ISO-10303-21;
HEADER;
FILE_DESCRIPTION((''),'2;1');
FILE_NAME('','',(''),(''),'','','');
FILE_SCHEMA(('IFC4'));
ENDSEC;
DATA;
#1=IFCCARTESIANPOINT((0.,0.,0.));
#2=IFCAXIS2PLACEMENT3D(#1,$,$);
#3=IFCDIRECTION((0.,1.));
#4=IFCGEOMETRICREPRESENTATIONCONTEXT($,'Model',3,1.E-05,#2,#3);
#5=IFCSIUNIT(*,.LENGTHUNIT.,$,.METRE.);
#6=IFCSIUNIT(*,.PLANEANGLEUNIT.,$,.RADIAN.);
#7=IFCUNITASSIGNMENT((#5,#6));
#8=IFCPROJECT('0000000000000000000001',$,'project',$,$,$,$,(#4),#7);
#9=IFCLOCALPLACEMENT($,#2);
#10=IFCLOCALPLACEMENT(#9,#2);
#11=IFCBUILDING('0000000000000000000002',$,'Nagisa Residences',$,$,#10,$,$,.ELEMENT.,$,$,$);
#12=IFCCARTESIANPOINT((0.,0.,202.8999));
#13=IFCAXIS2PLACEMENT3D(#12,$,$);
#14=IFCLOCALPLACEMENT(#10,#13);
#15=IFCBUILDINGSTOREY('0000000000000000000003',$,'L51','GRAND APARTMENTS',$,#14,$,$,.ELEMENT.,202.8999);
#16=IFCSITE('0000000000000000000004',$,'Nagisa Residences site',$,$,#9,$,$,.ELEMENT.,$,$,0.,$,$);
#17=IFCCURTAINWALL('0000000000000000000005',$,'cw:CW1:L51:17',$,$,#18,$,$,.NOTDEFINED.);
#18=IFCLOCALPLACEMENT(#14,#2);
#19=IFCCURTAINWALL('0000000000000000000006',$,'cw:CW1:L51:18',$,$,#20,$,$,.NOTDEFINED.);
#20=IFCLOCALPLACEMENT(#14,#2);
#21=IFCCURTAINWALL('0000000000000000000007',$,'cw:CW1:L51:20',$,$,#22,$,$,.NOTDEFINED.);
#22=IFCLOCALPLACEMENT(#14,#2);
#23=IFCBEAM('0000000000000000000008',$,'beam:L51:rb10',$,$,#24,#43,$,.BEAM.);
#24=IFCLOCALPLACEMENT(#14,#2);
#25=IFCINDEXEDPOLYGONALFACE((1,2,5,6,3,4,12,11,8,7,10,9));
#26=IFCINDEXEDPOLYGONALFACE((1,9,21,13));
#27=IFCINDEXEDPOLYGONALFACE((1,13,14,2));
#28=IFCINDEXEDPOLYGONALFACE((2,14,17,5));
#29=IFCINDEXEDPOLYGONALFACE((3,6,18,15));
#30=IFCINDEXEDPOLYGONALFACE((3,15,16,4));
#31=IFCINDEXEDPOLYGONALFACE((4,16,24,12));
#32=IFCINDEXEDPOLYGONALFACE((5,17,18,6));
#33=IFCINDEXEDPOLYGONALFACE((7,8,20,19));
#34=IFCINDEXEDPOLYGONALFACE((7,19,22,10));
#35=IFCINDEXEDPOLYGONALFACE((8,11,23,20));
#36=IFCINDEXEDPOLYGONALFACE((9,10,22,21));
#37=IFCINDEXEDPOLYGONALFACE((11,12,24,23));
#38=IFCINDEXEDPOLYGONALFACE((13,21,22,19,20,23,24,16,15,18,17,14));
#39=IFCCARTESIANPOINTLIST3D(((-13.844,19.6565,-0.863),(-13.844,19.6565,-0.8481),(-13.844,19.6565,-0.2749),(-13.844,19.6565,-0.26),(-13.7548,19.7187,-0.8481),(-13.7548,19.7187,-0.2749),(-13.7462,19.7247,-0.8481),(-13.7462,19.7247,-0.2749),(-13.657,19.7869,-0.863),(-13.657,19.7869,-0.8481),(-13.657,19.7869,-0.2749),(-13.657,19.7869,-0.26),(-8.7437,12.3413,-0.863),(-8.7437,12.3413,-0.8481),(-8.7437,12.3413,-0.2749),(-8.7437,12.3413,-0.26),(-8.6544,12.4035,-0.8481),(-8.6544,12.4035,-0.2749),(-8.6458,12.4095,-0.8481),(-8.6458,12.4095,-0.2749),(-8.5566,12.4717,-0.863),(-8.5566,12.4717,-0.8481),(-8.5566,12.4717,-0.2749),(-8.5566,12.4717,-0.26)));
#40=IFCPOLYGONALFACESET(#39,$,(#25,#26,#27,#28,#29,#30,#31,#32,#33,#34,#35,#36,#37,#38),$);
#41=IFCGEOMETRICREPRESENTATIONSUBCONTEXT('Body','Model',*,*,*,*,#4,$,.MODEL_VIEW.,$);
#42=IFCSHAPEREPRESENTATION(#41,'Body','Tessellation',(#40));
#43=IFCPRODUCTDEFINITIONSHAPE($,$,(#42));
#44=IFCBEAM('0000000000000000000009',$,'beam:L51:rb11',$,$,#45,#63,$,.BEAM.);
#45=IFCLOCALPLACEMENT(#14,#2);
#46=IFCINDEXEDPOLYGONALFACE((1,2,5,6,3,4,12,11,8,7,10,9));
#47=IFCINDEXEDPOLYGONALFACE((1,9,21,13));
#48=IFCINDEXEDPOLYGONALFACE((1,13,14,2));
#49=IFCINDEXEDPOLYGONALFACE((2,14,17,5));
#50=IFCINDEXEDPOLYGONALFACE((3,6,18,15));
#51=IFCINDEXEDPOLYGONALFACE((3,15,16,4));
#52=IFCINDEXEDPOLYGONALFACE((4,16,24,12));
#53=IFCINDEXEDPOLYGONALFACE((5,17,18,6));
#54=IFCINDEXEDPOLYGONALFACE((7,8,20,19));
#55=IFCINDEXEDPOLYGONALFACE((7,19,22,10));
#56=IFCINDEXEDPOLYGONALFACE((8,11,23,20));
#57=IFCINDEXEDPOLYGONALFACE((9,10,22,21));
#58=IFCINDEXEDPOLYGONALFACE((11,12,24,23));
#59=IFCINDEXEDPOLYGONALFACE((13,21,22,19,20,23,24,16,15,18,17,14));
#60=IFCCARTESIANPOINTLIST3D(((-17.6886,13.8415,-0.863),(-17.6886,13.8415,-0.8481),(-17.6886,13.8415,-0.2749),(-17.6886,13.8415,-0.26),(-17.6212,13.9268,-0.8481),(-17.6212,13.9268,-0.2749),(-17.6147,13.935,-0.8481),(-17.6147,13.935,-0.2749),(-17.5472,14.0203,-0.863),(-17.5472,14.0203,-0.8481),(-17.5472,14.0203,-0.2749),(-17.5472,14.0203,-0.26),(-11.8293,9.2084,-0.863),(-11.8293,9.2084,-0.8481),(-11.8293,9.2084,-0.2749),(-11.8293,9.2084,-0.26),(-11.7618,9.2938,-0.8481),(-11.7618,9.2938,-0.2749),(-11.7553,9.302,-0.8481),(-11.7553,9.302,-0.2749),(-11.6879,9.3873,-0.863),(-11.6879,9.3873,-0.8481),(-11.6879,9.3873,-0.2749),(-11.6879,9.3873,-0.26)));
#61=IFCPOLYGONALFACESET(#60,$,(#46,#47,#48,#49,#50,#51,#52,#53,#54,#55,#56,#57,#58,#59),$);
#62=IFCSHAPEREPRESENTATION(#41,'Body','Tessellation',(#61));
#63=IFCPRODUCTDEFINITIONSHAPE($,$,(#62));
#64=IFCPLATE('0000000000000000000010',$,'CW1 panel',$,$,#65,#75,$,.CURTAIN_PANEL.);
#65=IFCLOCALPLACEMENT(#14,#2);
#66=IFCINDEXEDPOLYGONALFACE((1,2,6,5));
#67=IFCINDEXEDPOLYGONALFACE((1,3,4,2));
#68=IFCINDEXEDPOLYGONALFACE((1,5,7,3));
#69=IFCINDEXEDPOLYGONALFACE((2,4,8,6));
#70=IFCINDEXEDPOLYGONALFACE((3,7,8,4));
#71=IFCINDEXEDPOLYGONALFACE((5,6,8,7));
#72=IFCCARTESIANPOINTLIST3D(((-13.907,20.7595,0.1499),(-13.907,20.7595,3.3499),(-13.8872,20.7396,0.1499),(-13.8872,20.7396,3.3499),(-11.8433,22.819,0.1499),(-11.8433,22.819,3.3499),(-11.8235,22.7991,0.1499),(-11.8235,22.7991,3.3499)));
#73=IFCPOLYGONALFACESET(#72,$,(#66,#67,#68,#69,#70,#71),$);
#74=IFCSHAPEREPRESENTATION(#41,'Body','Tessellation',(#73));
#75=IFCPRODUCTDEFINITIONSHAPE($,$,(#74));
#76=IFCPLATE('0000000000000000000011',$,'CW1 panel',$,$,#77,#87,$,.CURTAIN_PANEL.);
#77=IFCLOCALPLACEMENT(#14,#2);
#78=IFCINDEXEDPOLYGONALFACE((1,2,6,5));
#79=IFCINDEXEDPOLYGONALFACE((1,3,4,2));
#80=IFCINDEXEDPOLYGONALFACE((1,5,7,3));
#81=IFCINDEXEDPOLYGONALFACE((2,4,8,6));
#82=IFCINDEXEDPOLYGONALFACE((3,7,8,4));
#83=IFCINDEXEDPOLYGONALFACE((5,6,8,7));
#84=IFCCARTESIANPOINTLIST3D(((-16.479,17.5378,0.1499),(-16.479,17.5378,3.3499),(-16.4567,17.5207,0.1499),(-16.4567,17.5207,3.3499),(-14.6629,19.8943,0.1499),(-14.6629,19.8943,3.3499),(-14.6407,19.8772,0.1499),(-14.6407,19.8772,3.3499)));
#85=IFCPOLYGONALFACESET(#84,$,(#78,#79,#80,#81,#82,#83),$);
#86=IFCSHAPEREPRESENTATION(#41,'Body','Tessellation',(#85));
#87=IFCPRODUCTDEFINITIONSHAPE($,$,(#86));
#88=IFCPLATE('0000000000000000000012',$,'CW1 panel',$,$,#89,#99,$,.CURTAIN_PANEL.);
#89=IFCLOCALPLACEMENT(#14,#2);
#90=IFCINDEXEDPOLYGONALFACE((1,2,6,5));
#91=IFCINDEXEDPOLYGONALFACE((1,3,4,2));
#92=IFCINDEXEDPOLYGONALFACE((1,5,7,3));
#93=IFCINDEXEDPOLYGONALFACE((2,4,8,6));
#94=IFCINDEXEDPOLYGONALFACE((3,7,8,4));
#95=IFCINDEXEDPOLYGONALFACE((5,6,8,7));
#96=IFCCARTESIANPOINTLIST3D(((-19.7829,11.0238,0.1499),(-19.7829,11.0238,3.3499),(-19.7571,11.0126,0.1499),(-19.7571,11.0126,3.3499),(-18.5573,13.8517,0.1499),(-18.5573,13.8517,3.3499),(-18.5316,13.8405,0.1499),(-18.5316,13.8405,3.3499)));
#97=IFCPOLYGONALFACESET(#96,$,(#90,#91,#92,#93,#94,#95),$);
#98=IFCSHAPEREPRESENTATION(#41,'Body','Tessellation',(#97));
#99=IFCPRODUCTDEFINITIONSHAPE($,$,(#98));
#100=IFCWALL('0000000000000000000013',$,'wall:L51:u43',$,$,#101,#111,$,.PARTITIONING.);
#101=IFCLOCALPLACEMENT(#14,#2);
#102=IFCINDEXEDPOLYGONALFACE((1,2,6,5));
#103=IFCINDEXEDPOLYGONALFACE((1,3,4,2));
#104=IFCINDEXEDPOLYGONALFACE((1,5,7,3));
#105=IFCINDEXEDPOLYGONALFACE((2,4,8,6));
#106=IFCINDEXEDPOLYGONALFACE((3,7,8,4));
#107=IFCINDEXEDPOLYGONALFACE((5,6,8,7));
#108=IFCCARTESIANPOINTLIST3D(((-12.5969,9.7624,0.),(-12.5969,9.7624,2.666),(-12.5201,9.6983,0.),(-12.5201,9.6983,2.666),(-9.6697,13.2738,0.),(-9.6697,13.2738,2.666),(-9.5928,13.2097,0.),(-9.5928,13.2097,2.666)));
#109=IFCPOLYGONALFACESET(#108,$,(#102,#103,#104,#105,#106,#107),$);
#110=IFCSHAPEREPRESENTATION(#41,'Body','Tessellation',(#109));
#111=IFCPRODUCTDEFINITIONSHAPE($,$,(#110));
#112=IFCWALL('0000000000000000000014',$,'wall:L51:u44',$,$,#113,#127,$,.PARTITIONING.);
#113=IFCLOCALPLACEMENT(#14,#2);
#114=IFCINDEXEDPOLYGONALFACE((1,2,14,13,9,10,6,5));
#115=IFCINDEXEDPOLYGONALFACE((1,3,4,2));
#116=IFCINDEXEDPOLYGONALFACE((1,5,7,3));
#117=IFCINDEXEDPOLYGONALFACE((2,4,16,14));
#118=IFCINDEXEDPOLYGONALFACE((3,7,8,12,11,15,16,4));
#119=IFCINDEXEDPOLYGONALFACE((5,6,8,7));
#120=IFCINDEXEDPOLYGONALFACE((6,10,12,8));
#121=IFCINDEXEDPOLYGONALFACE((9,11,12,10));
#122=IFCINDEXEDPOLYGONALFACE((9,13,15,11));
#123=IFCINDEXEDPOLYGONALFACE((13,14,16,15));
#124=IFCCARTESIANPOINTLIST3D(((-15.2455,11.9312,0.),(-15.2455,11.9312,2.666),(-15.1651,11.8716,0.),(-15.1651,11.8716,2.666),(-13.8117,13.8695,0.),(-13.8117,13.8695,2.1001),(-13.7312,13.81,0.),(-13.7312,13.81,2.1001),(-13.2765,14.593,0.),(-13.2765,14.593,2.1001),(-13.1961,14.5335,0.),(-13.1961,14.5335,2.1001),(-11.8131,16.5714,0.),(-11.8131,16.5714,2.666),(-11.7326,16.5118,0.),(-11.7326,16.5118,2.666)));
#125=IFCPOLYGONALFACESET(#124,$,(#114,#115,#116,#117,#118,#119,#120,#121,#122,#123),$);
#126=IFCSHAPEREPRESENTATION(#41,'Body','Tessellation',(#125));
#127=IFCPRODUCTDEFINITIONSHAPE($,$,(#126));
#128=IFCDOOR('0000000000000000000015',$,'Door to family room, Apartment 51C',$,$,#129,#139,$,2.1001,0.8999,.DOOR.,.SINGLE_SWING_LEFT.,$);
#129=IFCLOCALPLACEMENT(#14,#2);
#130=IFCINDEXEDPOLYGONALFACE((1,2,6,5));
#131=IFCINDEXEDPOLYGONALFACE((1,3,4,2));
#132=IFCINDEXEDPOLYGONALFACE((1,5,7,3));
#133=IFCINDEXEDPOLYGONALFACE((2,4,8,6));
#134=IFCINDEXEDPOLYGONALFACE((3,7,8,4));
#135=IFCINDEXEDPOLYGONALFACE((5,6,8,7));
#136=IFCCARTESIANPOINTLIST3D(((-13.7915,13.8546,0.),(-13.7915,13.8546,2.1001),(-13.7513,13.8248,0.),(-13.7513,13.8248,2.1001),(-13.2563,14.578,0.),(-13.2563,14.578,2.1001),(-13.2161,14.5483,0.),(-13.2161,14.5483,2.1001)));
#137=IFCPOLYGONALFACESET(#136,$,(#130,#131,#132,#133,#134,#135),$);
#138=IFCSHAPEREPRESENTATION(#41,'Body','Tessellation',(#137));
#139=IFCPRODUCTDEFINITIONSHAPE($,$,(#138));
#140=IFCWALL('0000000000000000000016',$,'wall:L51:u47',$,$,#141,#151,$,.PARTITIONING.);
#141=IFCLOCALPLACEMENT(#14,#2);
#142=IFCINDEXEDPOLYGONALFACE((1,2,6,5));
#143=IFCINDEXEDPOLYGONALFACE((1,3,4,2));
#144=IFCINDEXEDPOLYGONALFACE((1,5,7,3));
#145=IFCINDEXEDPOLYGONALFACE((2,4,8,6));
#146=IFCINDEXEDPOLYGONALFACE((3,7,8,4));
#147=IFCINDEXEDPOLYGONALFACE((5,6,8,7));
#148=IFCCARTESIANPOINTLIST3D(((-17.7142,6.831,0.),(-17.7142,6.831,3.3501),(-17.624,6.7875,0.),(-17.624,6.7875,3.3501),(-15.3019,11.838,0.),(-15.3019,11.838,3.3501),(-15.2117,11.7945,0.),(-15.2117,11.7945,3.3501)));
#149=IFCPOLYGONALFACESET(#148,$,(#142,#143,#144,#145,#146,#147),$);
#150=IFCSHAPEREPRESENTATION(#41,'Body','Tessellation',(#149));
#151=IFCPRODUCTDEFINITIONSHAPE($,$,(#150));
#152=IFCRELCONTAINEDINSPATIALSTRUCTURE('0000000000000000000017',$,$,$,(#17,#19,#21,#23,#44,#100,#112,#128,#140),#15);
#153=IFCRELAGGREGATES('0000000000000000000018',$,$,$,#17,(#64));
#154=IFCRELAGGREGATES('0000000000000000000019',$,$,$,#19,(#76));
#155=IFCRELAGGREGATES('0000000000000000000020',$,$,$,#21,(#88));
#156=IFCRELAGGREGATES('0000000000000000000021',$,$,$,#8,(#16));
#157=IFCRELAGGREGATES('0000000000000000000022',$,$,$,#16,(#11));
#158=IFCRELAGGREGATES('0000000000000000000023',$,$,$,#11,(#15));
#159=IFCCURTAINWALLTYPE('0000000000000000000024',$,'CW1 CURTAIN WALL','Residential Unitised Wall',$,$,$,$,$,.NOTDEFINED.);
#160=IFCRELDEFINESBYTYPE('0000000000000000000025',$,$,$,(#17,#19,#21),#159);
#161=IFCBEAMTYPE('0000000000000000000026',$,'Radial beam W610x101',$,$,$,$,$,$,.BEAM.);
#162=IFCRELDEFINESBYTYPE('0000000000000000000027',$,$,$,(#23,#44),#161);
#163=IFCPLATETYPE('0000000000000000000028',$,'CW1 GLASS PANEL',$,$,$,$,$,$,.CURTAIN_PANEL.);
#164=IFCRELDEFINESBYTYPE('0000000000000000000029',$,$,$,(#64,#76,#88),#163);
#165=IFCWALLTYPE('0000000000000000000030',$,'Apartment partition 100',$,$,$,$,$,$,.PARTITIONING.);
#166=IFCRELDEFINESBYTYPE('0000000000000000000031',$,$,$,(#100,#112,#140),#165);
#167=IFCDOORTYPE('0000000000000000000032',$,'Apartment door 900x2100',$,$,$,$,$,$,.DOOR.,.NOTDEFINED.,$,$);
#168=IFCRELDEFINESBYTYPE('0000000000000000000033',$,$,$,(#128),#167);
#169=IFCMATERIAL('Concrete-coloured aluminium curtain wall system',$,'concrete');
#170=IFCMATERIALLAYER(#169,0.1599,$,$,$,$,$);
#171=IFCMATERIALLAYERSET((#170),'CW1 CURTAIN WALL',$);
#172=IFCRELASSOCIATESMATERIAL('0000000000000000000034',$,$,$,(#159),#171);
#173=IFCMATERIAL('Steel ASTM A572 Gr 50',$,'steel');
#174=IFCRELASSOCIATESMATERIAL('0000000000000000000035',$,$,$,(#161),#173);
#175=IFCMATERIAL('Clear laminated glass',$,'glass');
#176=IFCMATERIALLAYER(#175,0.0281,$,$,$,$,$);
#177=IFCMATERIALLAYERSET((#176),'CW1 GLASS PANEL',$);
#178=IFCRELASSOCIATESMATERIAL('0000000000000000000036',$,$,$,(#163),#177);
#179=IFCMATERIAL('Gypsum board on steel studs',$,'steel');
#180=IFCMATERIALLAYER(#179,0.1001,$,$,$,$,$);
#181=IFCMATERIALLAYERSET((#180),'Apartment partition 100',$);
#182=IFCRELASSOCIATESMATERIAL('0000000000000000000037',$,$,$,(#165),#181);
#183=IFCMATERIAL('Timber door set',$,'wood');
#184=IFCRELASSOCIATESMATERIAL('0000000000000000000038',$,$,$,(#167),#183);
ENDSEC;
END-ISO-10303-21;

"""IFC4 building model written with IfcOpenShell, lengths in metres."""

from ifc_helpers import new_model, si_unit, direction, frame, frame_2d, origin, origin_2d, place, context, subcontext, project, spatial, rectangle, i_section, extrude, material, layer, layer_set, material_profile, profile_set, type_object, element, fill, aggregate, save


model = new_model("IFC4")

# Units and contexts
model_context = context("Model", 3, precision=1e-05, world=origin(), true_north=direction((0.0, 1.0)))
body_context = subcontext(model_context, "Body", "Model", "MODEL_VIEW")
ifc_project = project(units=[si_unit("LENGTHUNIT", "METRE"), si_unit("PLANEANGLEUNIT", "RADIAN")], contexts=[model_context])

# Site, building, storey
site_placement = place(None, origin())
site = spatial("IfcSite", under=ifc_project, at=site_placement, Name="Nagisa Residences site", CompositionType="ELEMENT", RefElevation=0.0)
building_placement = place(site_placement, origin())
building = spatial("IfcBuilding", under=site, at=building_placement, Name="Nagisa Residences", CompositionType="ELEMENT")
storey_placement = place(building_placement, frame((0.0, 0.0, 202.8999)))
storey = spatial("IfcBuildingStorey", under=building, at=storey_placement, Name="L51", Description="GRAND APARTMENTS", CompositionType="ELEMENT", Elevation=202.8999)

# Curtain walls
ifc_material_1 = material(Name="Concrete-coloured aluminium curtain wall system", Category="concrete")
ifc_layer_1 = layer(ifc_material_1, 0.1599)
ifc_layer_set_1 = layer_set([ifc_layer_1], Name="CW1 CURTAIN WALL")
curtain_wall_type = type_object("IfcCurtainWallType", Name="CW1 CURTAIN WALL", Description="Residential Unitised Wall", PredefinedType="NOTDEFINED", material=ifc_layer_set_1)
curtain_wall_1_placement = place(storey_placement, origin())
curtain_wall_1 = element("IfcCurtainWall", 1, at=curtain_wall_1_placement, inside=storey, type_object=curtain_wall_type, Name="cw:CW1:L51:17", PredefinedType="NOTDEFINED")
curtain_wall_2_placement = place(storey_placement, origin())
curtain_wall_2 = element("IfcCurtainWall", 2, at=curtain_wall_2_placement, inside=storey, type_object=curtain_wall_type, Name="cw:CW1:L51:18", PredefinedType="NOTDEFINED")
curtain_wall_3_placement = place(storey_placement, origin())
curtain_wall_3 = element("IfcCurtainWall", 3, at=curtain_wall_3_placement, inside=storey, type_object=curtain_wall_type, Name="cw:CW1:L51:20", PredefinedType="NOTDEFINED")

# Beams
ifc_material_2 = material(Name="Steel ASTM A572 Gr 50", Category="steel")
ifc_material_profile_1 = material_profile(ifc_material_2, i_section(OverallWidth=0.228, OverallDepth=0.603, WebThickness=0.0105, FlangeThickness=0.0149, at=origin_2d()), Name="W610x101")
ifc_profile_set_1 = profile_set([ifc_material_profile_1], Name="Steel ASTM A572 Gr 50")
beam_type_1 = type_object("IfcBeamType", Name="Radial beam W610x101", PredefinedType="BEAM", material=ifc_profile_set_1)
beam_1_placement = place(storey_placement, frame((-13.7505, 19.7217, -0.5615), z_axis=(0.571934, -0.820299, 0.0), x_axis=(0.820299, 0.571934, 0.0)))
element("IfcBeam", 4, at=beam_1_placement, inside=storey, type_object=beam_type_1, Name="beam:L51:rb10", PredefinedType="BEAM", context=body_context, shape_type="SweptSolid", body=[
    extrude(i_section(OverallWidth=0.228, OverallDepth=0.603, WebThickness=0.0105, FlangeThickness=0.0149, at=origin_2d()), origin(), (0.0, 0.0, 1.0), 8.9177),
])
beam_2_placement = place(storey_placement, frame((-17.6179, 13.9309, -0.5615), z_axis=(0.784412, -0.620241, 0.0), x_axis=(0.620241, 0.784412, 0.0)))
element("IfcBeam", 5, at=beam_2_placement, inside=storey, type_object=beam_type_1, Name="beam:L51:rb11", PredefinedType="BEAM", context=body_context, shape_type="SweptSolid", body=[
    extrude(i_section(OverallWidth=0.228, OverallDepth=0.603, WebThickness=0.0105, FlangeThickness=0.0149, at=origin_2d()), origin(), (0.0, 0.0, 1.0), 7.4697),
])

# Plates
ifc_material_3 = material(Name="Clear laminated glass", Category="glass")
ifc_layer_2 = layer(ifc_material_3, 0.0281)
ifc_layer_set_2 = layer_set([ifc_layer_2], Name="CW1 GLASS PANEL")
plate_type = type_object("IfcPlateType", Name="CW1 GLASS PANEL", PredefinedType="CURTAIN_PANEL", material=ifc_layer_set_2)
plate_1_placement = place(storey_placement, frame((-12.8652, 21.7793, 0.1499), z_axis=(0.0, 0.0, 1.0), x_axis=(-0.707836, -0.706377, 0.0)))
plate_1 = element("IfcPlate", 6, at=plate_1_placement, type_object=plate_type, Name="CW1 panel", PredefinedType="CURTAIN_PANEL", context=body_context, shape_type="SweptSolid", body=[
    extrude(rectangle(XDim=2.9155, YDim=0.0281, at=origin_2d()), origin(), (0.0, 0.0, 1.0), 3.2),
])
aggregate(curtain_wall_1, [plate_1])
plate_2_placement = place(storey_placement, frame((-15.5598, 18.7075, 0.1499), z_axis=(0.0, 0.0, 1.0), x_axis=(-0.61043, -0.79207, 0.0)))
plate_2 = element("IfcPlate", 7, at=plate_2_placement, type_object=plate_type, Name="CW1 panel", PredefinedType="CURTAIN_PANEL", context=body_context, shape_type="SweptSolid", body=[
    extrude(rectangle(XDim=2.9751, YDim=0.0281, at=origin_2d()), origin(), (0.0, 0.0, 1.0), 3.2),
])
aggregate(curtain_wall_2, [plate_2])
plate_3_placement = place(storey_placement, frame((-19.1572, 12.4321, 0.1499), z_axis=(0.0, 0.0, 1.0), x_axis=(-0.397636, -0.917543, 0.0)))
plate_3 = element("IfcPlate", 8, at=plate_3_placement, type_object=plate_type, Name="CW1 panel", PredefinedType="CURTAIN_PANEL", context=body_context, shape_type="SweptSolid", body=[
    extrude(rectangle(XDim=3.082, YDim=0.0281, at=origin_2d()), origin(), (0.0, 0.0, 1.0), 3.2),
])
aggregate(curtain_wall_3, [plate_3])

# Wall
ifc_material_4 = material(Name="Gypsum board on steel studs", Category="steel")
ifc_layer_3 = layer(ifc_material_4, 0.1001)
ifc_layer_set_3 = layer_set([ifc_layer_3], Name="Apartment partition 100")
wall_type_1 = type_object("IfcWallType", Name="Apartment partition 100", PredefinedType="PARTITIONING", material=ifc_layer_set_3)
wall_1_placement = place(storey_placement, frame((-9.6313, 13.2417, 0.0), z_axis=(0.0, 0.0, 1.0), x_axis=(-0.640316, -0.768112, 0.0)))
element("IfcWall", 9, at=wall_1_placement, inside=storey, type_object=wall_type_1, Name="wall:L51:u43", PredefinedType="PARTITIONING", context=body_context, shape_type="SweptSolid", body=[
    extrude(rectangle(XDim=4.5715, YDim=0.1001, at=frame_2d((2.2856, 0.0))), origin(), (0.0, 0.0, 1.0), 2.666),
])

# Wall, opening, door
wall_2_placement = place(storey_placement, frame((-11.7729, 16.5415, 0.0), z_axis=(0.0, 0.0, 1.0), x_axis=(-0.594694, -0.803952, 0.0)))
wall_2 = element("IfcWall", 10, at=wall_2_placement, inside=storey, type_object=wall_type_1, Name="wall:L51:u44", PredefinedType="PARTITIONING", context=body_context, shape_type="SweptSolid", body=[
    extrude(rectangle(XDim=5.7717, YDim=0.1001, at=frame_2d((2.8857, 0.0))), origin(), (0.0, 0.0, 1.0), 2.666),
])
opening_1_placement = place(wall_2_placement, frame((2.4607, 0.0, 0.0)))
opening_1 = element("IfcOpeningElement", 11, at=opening_1_placement, cuts=wall_2, PredefinedType="OPENING", context=body_context, shape_type="SweptSolid", body=[
    extrude(rectangle(XDim=0.8999, YDim=2.1001, at=frame_2d((0.45, 1.05))), frame((0.0, 0.0601, 0.0), z_axis=(0.0, -1.0, 0.0), x_axis=(1.0, 0.0, 0.0)), (0.0, 0.0, 1.0), 0.1201),
])
ifc_material_5 = material(Name="Timber door set", Category="wood")
door_type_1 = type_object("IfcDoorType", Name="Apartment door 900x2100", OperationType="NOTDEFINED", PredefinedType="DOOR", material=ifc_material_5)
door_1_placement = place(opening_1_placement, frame((0.8999, 0.0, 0.0), x_axis=(-1.0, 0.0, 0.0)))
door_1 = element("IfcDoor", 12, at=door_1_placement, inside=storey, type_object=door_type_1, Name="Door to family room, Apartment 51C", OperationType="SINGLE_SWING_LEFT", OverallHeight=2.1001, OverallWidth=0.8999, PredefinedType="DOOR", context=body_context, shape_type="SweptSolid", body=[
    extrude(rectangle(XDim=0.8999, YDim=2.1001, at=frame_2d((0.45, 1.05))), frame((0.0, 0.0249, 0.0), z_axis=(0.0, -1.0, 0.0), x_axis=(1.0, 0.0, 0.0)), (0.0, 0.0, 1.0), 0.05),
])
fill(opening_1, door_1)

# Wall
wall_3_placement = place(storey_placement, frame((-15.2568, 11.8162, 0.0), z_axis=(0.0, 0.0, 1.0), x_axis=(-0.43404, -0.900894, 0.0)))
element("IfcWall", 13, at=wall_3_placement, inside=storey, type_object=wall_type_1, Name="wall:L51:u47", PredefinedType="PARTITIONING", context=body_context, shape_type="SweptSolid", body=[
    extrude(rectangle(XDim=5.5579, YDim=0.1001, at=frame_2d((2.7788, 0.0))), origin(), (0.0, 0.0, 1.0), 3.3501),
])

save(model, "model.ifc")
